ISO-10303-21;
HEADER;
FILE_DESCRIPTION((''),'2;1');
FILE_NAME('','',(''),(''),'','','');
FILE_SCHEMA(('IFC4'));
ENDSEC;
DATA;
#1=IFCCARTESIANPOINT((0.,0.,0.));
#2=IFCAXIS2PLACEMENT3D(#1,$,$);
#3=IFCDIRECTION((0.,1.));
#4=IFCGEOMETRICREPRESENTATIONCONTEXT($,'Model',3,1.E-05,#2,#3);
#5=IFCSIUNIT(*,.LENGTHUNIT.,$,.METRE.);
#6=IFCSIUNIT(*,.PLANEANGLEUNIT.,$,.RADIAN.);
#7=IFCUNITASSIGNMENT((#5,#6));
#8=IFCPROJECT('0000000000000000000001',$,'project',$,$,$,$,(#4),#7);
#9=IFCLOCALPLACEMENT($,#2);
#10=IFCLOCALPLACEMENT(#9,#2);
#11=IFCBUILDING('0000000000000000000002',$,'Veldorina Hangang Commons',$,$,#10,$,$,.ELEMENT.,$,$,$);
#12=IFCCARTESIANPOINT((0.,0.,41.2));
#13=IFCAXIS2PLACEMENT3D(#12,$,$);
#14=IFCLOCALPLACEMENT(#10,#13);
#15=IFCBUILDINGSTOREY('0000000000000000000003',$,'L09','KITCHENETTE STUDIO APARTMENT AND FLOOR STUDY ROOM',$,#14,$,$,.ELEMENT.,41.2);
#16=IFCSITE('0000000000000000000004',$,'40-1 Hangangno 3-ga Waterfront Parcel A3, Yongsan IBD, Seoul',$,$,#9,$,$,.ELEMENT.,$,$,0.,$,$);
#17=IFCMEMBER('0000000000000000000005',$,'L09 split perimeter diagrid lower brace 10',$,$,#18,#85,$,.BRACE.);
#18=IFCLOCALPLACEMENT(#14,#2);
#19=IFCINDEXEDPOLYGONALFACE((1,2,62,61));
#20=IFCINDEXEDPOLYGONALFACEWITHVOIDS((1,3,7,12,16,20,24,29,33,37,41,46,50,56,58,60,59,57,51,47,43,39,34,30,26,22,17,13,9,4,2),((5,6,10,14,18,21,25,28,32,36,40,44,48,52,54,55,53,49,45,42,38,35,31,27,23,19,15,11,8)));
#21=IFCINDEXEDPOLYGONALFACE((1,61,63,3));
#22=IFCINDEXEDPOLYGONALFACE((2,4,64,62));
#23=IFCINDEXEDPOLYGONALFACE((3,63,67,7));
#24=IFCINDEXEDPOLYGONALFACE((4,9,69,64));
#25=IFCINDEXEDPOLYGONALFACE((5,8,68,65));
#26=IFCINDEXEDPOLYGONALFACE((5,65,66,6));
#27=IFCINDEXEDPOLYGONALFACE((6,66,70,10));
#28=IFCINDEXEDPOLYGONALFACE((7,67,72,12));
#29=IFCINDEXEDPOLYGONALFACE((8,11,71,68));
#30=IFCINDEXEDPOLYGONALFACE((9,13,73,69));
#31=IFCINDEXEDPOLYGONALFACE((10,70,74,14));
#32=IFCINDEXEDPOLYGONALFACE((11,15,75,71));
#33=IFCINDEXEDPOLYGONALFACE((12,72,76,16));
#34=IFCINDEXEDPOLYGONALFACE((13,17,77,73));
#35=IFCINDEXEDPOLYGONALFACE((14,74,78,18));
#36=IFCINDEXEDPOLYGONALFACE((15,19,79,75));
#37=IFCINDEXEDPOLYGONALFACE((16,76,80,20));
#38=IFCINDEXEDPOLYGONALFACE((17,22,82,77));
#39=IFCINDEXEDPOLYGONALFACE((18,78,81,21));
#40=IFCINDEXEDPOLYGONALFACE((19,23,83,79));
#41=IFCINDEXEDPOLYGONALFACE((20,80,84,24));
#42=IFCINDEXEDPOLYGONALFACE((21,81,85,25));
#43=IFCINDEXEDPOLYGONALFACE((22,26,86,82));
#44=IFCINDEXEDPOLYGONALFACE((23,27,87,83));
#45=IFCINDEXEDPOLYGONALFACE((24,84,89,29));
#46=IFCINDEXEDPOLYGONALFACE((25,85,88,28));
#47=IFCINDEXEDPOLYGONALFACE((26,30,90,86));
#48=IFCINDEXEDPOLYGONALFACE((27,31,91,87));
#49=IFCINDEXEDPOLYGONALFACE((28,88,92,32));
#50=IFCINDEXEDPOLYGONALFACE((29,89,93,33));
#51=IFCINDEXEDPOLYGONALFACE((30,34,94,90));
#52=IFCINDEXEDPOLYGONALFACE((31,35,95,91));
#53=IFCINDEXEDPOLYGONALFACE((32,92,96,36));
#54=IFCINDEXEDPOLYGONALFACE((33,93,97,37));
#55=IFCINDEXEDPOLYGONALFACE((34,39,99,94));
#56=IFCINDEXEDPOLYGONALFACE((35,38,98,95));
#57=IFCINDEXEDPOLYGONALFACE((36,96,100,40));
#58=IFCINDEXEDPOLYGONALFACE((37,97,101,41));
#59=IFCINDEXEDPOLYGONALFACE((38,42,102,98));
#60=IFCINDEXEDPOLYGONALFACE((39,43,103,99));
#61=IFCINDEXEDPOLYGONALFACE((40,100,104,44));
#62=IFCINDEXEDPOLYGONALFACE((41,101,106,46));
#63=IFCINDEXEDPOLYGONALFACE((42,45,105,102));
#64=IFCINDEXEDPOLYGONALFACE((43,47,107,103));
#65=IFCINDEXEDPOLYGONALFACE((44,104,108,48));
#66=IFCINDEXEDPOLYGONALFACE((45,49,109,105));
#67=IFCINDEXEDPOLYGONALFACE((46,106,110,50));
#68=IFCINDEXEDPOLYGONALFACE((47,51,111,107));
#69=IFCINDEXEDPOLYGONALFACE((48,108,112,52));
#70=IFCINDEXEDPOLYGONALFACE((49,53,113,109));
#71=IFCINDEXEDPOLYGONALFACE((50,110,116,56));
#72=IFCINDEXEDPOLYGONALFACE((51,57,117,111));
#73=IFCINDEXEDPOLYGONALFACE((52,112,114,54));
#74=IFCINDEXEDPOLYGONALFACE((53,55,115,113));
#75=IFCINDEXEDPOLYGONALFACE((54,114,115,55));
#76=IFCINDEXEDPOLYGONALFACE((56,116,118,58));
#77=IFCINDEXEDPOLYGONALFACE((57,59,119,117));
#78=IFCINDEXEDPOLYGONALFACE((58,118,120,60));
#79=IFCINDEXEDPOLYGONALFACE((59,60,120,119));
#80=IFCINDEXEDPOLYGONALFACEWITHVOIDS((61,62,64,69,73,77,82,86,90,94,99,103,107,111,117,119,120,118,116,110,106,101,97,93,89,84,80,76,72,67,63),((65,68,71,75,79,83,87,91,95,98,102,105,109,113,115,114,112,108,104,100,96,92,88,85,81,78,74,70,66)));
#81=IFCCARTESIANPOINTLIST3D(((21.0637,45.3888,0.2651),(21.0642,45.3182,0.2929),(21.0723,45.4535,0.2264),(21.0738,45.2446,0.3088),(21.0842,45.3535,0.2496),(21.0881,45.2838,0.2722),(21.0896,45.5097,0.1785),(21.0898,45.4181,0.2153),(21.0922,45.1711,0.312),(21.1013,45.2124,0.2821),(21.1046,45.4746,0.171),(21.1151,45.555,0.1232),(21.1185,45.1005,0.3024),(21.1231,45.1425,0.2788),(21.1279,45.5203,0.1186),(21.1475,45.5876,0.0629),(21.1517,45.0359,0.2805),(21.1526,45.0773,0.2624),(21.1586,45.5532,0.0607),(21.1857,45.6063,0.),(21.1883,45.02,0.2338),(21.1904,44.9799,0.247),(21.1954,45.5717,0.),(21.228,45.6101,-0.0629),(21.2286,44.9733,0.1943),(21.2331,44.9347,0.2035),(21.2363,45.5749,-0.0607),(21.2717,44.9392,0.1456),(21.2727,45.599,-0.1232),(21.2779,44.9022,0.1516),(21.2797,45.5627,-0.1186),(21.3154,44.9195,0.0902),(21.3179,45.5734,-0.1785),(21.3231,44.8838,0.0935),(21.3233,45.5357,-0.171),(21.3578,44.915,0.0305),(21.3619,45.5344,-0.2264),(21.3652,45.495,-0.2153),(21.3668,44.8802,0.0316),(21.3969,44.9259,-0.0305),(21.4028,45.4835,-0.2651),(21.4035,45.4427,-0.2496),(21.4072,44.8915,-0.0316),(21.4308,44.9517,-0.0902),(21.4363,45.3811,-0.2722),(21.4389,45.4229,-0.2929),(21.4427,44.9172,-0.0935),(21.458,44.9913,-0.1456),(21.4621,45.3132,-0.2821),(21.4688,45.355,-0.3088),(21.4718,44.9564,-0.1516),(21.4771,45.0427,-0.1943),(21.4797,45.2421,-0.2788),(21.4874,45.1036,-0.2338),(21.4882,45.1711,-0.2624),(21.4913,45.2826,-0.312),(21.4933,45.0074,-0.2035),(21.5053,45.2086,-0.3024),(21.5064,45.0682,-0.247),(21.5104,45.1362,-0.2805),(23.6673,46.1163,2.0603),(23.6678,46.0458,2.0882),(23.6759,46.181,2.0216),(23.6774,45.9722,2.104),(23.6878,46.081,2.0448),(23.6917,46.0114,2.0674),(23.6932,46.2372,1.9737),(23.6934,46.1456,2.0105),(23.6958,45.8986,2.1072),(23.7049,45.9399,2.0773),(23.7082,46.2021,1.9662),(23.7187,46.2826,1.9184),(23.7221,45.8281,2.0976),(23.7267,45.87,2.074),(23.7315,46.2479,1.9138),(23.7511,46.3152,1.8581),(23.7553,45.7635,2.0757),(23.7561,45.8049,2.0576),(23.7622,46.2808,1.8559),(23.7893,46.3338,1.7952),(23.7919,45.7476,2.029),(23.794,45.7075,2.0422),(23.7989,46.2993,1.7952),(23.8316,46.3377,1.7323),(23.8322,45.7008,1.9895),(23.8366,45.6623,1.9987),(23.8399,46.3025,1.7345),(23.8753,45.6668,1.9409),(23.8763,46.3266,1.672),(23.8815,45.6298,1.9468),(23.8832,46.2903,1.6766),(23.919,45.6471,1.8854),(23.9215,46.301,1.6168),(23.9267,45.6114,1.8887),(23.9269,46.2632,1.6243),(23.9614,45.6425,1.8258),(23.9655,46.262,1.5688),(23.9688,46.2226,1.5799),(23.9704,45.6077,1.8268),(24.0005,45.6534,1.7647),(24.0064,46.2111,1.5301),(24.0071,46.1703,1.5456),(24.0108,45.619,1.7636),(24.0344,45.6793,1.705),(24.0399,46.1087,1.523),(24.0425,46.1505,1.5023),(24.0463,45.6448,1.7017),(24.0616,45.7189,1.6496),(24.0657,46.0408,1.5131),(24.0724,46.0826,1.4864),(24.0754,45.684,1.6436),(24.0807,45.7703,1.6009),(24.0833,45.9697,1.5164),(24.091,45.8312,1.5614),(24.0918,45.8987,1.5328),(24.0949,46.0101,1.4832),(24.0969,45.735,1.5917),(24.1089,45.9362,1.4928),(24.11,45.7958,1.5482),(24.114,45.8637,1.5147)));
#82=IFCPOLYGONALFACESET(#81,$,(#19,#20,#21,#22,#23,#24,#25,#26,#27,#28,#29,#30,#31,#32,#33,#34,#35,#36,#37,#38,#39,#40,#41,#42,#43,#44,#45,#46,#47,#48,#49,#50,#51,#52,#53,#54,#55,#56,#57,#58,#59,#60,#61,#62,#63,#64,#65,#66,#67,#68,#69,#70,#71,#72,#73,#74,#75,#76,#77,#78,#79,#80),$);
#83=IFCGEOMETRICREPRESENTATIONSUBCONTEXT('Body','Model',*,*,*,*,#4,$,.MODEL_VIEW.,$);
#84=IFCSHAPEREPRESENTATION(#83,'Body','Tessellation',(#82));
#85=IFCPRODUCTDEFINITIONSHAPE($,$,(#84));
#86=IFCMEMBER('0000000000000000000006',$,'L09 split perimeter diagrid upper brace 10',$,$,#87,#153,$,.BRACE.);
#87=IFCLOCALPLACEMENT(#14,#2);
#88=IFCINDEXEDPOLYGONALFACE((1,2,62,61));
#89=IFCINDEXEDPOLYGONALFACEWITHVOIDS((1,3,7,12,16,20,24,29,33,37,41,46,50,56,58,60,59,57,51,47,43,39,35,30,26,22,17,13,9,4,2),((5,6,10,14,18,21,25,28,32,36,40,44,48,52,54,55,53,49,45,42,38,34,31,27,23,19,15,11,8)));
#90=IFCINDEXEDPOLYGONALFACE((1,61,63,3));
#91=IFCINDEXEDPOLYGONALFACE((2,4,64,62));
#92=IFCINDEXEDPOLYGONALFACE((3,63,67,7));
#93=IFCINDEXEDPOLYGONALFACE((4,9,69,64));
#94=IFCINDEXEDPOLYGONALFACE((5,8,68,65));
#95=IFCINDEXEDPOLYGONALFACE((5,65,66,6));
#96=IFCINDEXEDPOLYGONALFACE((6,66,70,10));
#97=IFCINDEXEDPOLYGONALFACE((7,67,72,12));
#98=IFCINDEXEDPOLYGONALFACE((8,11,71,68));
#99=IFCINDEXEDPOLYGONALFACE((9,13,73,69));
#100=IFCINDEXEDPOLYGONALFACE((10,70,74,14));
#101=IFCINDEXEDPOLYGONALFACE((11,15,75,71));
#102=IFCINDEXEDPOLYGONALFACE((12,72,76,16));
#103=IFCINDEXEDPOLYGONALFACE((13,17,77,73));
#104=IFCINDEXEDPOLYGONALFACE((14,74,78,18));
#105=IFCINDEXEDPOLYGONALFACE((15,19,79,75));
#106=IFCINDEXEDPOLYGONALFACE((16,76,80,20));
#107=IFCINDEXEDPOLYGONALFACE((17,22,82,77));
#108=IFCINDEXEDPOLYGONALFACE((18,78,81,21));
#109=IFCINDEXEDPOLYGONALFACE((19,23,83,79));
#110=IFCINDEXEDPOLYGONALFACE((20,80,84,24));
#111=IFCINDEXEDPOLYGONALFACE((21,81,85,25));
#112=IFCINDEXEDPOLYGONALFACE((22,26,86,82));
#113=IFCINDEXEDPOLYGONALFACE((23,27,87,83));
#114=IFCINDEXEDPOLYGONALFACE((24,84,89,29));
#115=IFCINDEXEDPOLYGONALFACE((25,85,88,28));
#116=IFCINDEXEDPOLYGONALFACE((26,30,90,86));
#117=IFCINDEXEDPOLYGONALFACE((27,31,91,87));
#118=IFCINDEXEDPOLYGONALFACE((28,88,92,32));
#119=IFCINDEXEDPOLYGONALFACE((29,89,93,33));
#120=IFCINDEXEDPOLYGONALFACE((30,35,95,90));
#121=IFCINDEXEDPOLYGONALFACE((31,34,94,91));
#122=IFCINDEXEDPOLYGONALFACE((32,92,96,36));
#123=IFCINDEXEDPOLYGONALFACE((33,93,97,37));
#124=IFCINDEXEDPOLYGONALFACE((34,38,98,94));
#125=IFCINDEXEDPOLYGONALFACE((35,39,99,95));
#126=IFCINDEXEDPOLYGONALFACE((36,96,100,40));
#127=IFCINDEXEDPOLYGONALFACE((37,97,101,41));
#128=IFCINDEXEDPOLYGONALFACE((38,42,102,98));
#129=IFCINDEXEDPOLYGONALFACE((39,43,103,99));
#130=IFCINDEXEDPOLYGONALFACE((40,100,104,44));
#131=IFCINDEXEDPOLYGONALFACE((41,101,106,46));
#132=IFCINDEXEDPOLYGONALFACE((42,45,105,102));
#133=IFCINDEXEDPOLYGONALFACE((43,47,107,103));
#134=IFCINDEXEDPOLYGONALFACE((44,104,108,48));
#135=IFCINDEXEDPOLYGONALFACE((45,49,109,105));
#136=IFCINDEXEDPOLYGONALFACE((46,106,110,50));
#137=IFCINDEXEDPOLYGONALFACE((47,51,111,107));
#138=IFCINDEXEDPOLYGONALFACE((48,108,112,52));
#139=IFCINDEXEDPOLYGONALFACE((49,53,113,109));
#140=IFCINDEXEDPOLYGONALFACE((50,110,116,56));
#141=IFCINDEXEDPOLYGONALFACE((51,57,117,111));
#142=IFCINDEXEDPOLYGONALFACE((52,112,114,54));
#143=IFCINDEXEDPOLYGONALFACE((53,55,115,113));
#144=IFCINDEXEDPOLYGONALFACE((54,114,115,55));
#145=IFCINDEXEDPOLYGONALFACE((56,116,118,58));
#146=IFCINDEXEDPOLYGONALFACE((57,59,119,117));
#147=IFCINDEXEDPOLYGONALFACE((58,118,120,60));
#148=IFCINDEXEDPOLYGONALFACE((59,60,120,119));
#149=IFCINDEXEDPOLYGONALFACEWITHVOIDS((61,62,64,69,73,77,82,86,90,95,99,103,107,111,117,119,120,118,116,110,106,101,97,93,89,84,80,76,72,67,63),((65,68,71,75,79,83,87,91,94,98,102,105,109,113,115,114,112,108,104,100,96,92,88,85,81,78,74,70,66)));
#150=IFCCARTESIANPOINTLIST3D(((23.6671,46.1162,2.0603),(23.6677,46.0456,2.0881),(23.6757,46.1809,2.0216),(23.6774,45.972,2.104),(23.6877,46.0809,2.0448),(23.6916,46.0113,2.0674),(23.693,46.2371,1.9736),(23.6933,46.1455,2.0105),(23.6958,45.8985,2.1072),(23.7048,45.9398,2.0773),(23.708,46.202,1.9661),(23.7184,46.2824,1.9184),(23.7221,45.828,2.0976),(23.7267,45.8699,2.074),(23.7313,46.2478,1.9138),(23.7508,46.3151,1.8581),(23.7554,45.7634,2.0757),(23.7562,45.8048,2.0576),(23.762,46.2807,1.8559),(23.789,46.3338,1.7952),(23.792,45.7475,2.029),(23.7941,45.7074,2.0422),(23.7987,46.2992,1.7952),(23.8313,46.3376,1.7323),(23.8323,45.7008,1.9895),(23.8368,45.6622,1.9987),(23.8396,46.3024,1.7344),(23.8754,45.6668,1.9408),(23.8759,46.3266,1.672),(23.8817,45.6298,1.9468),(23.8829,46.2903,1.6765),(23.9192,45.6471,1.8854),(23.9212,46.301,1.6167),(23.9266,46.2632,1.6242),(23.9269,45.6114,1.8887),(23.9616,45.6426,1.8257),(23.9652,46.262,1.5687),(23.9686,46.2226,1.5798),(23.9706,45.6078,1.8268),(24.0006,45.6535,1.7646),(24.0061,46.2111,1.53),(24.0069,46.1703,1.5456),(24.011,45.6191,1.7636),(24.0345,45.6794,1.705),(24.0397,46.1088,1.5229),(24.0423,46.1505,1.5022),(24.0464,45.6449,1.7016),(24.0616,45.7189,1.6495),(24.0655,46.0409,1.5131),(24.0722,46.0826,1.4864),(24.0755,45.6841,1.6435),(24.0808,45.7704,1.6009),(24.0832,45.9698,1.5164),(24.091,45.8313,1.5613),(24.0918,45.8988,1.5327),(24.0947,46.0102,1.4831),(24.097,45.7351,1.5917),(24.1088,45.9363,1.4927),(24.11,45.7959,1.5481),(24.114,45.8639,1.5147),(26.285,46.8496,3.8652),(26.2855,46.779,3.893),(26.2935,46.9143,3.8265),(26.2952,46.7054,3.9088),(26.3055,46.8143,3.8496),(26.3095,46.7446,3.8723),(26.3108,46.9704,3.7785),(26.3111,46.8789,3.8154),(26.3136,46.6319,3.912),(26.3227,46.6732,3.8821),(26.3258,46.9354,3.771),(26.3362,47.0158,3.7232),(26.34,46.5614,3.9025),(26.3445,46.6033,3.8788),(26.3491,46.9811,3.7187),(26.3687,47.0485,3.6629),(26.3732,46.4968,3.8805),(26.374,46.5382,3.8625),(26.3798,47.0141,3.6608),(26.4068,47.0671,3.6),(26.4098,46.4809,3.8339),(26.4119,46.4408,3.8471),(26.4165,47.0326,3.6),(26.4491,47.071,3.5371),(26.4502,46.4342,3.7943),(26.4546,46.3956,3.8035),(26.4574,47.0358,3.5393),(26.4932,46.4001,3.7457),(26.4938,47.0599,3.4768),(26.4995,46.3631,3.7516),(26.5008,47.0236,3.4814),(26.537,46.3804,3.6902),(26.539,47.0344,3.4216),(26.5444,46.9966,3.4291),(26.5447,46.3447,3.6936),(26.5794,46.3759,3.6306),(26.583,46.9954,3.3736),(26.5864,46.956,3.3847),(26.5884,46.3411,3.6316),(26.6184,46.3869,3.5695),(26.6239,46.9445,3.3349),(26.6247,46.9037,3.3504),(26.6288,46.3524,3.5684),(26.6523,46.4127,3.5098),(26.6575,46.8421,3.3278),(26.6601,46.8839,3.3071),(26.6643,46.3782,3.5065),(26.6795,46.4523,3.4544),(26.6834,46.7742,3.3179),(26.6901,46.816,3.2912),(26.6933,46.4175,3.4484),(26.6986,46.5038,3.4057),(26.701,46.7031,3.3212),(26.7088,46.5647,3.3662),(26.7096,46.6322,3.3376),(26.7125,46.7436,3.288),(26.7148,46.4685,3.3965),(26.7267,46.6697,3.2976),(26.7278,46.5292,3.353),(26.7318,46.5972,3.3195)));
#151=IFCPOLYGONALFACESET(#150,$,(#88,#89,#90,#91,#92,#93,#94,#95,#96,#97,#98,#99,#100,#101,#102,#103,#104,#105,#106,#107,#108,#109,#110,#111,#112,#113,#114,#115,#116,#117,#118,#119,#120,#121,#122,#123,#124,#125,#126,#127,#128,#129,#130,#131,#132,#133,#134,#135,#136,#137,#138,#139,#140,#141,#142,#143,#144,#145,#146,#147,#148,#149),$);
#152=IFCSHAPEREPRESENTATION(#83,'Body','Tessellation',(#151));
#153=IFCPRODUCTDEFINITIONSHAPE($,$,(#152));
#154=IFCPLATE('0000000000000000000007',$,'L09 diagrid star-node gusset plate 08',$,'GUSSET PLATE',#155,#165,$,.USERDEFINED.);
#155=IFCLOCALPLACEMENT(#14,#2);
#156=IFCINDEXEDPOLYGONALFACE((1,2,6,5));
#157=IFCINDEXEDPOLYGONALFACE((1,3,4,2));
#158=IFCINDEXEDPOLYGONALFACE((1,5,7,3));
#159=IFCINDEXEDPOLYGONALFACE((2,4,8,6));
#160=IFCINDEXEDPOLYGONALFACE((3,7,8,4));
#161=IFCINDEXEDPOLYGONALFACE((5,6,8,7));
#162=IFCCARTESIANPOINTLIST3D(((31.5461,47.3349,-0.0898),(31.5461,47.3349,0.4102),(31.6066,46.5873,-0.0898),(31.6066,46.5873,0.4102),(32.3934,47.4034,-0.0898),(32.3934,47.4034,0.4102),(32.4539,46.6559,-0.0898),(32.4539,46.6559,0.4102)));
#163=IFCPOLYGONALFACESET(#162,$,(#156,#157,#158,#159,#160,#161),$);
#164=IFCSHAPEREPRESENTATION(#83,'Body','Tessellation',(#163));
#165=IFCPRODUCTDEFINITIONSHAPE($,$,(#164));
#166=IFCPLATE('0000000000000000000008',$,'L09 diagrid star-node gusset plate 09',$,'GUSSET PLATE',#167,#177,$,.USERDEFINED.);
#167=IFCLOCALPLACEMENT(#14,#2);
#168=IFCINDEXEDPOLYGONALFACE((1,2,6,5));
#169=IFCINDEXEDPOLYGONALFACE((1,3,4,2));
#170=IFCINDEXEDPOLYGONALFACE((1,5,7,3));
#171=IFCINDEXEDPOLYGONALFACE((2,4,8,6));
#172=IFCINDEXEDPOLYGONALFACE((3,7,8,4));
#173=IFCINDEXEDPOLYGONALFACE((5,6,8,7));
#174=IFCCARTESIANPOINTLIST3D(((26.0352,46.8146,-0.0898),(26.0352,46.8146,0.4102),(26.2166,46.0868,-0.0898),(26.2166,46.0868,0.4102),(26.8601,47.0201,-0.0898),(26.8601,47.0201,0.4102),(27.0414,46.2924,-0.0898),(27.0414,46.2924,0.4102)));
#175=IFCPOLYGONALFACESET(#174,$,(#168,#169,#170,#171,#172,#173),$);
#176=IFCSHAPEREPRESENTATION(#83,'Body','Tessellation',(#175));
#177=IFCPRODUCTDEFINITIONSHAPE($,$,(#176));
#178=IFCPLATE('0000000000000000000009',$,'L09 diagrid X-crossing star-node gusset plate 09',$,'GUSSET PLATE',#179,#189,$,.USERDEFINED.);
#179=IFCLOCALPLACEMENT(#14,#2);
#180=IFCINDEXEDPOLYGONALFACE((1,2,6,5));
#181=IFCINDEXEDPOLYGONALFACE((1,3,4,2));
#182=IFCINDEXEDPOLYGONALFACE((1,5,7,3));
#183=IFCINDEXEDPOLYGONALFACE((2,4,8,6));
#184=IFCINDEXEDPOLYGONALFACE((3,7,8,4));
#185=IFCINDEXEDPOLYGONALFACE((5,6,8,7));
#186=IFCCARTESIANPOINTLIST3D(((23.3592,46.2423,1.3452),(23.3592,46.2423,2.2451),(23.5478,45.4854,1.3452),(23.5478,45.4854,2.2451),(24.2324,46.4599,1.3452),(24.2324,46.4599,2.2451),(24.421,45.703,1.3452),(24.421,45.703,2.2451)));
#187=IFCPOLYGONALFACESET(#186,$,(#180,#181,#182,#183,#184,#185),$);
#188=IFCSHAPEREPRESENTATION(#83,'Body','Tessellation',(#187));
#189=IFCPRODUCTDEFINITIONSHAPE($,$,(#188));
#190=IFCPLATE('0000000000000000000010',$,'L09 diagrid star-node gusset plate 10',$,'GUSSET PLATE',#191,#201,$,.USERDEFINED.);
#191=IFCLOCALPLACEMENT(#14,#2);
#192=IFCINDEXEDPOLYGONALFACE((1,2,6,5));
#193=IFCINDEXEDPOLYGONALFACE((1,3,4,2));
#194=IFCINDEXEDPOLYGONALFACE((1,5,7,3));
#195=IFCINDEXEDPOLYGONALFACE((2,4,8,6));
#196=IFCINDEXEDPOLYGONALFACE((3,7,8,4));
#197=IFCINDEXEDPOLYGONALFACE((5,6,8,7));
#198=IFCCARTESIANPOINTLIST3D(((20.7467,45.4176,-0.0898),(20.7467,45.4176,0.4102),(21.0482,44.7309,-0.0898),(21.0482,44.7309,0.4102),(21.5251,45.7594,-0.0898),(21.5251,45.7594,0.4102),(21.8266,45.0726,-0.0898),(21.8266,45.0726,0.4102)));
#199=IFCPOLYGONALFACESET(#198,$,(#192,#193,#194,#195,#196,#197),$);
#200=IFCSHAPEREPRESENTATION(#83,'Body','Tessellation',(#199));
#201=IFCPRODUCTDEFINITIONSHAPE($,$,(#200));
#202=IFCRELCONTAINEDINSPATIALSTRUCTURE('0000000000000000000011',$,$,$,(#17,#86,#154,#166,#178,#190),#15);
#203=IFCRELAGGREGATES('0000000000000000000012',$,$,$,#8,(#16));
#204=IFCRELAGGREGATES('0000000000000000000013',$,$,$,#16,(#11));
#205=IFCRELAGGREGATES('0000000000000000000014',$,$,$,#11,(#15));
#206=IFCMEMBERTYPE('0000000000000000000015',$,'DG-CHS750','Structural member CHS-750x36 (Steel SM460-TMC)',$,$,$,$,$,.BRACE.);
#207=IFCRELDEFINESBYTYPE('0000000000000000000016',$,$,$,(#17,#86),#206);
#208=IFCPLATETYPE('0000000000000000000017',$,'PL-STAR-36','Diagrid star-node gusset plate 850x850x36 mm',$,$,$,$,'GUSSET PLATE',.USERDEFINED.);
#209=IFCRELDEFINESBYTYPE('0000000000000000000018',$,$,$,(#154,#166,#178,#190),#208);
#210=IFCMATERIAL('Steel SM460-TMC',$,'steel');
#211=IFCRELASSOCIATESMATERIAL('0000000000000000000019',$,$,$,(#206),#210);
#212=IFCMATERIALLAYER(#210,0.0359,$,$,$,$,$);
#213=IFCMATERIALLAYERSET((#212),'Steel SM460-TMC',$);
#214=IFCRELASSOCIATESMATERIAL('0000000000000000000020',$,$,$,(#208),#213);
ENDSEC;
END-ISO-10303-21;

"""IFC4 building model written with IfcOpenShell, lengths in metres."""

from ifc_helpers import new_model, si_unit, direction, frame, origin, origin_2d, place, context, subcontext, project, spatial, rectangle, hollow_circle, extrude, material, layer, layer_set, material_profile, profile_set, type_object, element, save


model = new_model("IFC4")

# Units and contexts
model_context = context("Model", 3, precision=1e-05, world=origin(), true_north=direction((0.0, 1.0)))
body_context = subcontext(model_context, "Body", "Model", "MODEL_VIEW")
ifc_project = project(units=[si_unit("LENGTHUNIT", "METRE"), si_unit("PLANEANGLEUNIT", "RADIAN")], contexts=[model_context])

# Site, building, storey
site_placement = place(None, origin())
site = spatial("IfcSite", under=ifc_project, at=site_placement, Name="40-1 Hangangno 3-ga Waterfront Parcel A3, Yongsan IBD, Seoul", CompositionType="ELEMENT", RefElevation=0.0)
building_placement = place(site_placement, origin())
building = spatial("IfcBuilding", under=site, at=building_placement, Name="Veldorina Hangang Commons", CompositionType="ELEMENT")
storey_placement = place(building_placement, frame((0.0, 0.0, 41.2)))
storey = spatial("IfcBuildingStorey", under=building, at=storey_placement, Name="L09", Description="KITCHENETTE STUDIO APARTMENT AND FLOOR STUDY ROOM", CompositionType="ELEMENT", Elevation=41.2)

# Shared definitions
ifc_material_1 = material(Name="Steel SM460-TMC", Category="steel")

# Members
ifc_material_profile_1 = material_profile(ifc_material_1, hollow_circle(Radius=0.375, WallThickness=0.0359, at=origin_2d()), Name="CHS-750x36")
ifc_profile_set_1 = profile_set([ifc_material_profile_1], Name="Steel SM460-TMC")
member_type = type_object("IfcMemberType", Name="DG-CHS750", Description="Structural member CHS-750x36 (Steel SM460-TMC)", PredefinedType="BRACE", material=ifc_profile_set_1)
member_1_placement = place(storey_placement, frame((21.2866, 45.2451, 0.0), z_axis=(0.802308, 0.224201, 0.553205), x_axis=(-0.269134, 0.963103, 0.0)))
element("IfcMember", 1, at=member_1_placement, inside=storey, type_object=member_type, Name="L09 split perimeter diagrid lower brace 10", PredefinedType="BRACE", context=body_context, shape_type="SweptSolid", body=[
    extrude(hollow_circle(Radius=0.375, WallThickness=0.0359, at=origin_2d()), origin(), (0.0, 0.0, 1.0), 3.2451),
])
member_2_placement = place(storey_placement, frame((23.8901, 45.9727, 1.7952), z_axis=(0.80223, 0.224741, 0.553099), x_axis=(-0.26976, 0.962928, 0.0)))
element("IfcMember", 2, at=member_2_placement, inside=storey, type_object=member_type, Name="L09 split perimeter diagrid upper brace 10", PredefinedType="BRACE", context=body_context, shape_type="SweptSolid", body=[
    extrude(hollow_circle(Radius=0.375, WallThickness=0.0359, at=origin_2d()), origin(), (0.0, 0.0, 1.0), 3.2632),
])

# Plates
ifc_layer_1 = layer(ifc_material_1, 0.0359)
ifc_layer_set_1 = layer_set([ifc_layer_1], Name="Steel SM460-TMC")
plate_type = type_object("IfcPlateType", Name="PL-STAR-36", Description="Diagrid star-node gusset plate 850x850x36 mm", ElementType="GUSSET PLATE", PredefinedType="USERDEFINED", material=ifc_layer_set_1)
for number, where, z_axis, x_axis, name in (
    (3, (32.0, 46.9954, -0.0898), (0.0, 0.0, 1.0), (-0.996742, -0.080651, 0.0), "L09 diagrid star-node gusset plate 08"),
    (4, (26.5383, 46.5535, -0.0898), (0.0, 0.0, 1.0), (-0.970334, -0.241769, 0.0), "L09 diagrid star-node gusset plate 09"),
):
    element("IfcPlate", number, at=place(storey_placement, frame(where, z_axis=z_axis, x_axis=x_axis)), inside=storey, type_object=plate_type, Name=name, ObjectType="GUSSET PLATE", PredefinedType="USERDEFINED", context=body_context, shape_type="SweptSolid", body=[
        extrude(rectangle(XDim=0.8501, YDim=0.75, at=origin_2d()), origin(), (0.0, 0.0, 1.0), 0.5),
    ])
plate_1_placement = place(storey_placement, frame((23.8901, 45.9727, 1.3452), z_axis=(0.0, 0.0, 1.0), x_axis=(-0.970334, -0.241769, 0.0)))
element("IfcPlate", 5, at=plate_1_placement, inside=storey, type_object=plate_type, Name="L09 diagrid X-crossing star-node gusset plate 09", ObjectType="GUSSET PLATE", PredefinedType="USERDEFINED", context=body_context, shape_type="SweptSolid", body=[
    extrude(rectangle(XDim=0.8999, YDim=0.78, at=origin_2d()), origin(), (0.0, 0.0, 1.0), 0.8999),
])
plate_2_placement = place(storey_placement, frame((21.2866, 45.2451, -0.0898), z_axis=(0.0, 0.0, 1.0), x_axis=(-0.915635, -0.402012, 0.0)))
element("IfcPlate", 6, at=plate_2_placement, inside=storey, type_object=plate_type, Name="L09 diagrid star-node gusset plate 10", ObjectType="GUSSET PLATE", PredefinedType="USERDEFINED", context=body_context, shape_type="SweptSolid", body=[
    extrude(rectangle(XDim=0.8501, YDim=0.75, at=origin_2d()), origin(), (0.0, 0.0, 1.0), 0.5),
])

save(model, "model.ifc")
